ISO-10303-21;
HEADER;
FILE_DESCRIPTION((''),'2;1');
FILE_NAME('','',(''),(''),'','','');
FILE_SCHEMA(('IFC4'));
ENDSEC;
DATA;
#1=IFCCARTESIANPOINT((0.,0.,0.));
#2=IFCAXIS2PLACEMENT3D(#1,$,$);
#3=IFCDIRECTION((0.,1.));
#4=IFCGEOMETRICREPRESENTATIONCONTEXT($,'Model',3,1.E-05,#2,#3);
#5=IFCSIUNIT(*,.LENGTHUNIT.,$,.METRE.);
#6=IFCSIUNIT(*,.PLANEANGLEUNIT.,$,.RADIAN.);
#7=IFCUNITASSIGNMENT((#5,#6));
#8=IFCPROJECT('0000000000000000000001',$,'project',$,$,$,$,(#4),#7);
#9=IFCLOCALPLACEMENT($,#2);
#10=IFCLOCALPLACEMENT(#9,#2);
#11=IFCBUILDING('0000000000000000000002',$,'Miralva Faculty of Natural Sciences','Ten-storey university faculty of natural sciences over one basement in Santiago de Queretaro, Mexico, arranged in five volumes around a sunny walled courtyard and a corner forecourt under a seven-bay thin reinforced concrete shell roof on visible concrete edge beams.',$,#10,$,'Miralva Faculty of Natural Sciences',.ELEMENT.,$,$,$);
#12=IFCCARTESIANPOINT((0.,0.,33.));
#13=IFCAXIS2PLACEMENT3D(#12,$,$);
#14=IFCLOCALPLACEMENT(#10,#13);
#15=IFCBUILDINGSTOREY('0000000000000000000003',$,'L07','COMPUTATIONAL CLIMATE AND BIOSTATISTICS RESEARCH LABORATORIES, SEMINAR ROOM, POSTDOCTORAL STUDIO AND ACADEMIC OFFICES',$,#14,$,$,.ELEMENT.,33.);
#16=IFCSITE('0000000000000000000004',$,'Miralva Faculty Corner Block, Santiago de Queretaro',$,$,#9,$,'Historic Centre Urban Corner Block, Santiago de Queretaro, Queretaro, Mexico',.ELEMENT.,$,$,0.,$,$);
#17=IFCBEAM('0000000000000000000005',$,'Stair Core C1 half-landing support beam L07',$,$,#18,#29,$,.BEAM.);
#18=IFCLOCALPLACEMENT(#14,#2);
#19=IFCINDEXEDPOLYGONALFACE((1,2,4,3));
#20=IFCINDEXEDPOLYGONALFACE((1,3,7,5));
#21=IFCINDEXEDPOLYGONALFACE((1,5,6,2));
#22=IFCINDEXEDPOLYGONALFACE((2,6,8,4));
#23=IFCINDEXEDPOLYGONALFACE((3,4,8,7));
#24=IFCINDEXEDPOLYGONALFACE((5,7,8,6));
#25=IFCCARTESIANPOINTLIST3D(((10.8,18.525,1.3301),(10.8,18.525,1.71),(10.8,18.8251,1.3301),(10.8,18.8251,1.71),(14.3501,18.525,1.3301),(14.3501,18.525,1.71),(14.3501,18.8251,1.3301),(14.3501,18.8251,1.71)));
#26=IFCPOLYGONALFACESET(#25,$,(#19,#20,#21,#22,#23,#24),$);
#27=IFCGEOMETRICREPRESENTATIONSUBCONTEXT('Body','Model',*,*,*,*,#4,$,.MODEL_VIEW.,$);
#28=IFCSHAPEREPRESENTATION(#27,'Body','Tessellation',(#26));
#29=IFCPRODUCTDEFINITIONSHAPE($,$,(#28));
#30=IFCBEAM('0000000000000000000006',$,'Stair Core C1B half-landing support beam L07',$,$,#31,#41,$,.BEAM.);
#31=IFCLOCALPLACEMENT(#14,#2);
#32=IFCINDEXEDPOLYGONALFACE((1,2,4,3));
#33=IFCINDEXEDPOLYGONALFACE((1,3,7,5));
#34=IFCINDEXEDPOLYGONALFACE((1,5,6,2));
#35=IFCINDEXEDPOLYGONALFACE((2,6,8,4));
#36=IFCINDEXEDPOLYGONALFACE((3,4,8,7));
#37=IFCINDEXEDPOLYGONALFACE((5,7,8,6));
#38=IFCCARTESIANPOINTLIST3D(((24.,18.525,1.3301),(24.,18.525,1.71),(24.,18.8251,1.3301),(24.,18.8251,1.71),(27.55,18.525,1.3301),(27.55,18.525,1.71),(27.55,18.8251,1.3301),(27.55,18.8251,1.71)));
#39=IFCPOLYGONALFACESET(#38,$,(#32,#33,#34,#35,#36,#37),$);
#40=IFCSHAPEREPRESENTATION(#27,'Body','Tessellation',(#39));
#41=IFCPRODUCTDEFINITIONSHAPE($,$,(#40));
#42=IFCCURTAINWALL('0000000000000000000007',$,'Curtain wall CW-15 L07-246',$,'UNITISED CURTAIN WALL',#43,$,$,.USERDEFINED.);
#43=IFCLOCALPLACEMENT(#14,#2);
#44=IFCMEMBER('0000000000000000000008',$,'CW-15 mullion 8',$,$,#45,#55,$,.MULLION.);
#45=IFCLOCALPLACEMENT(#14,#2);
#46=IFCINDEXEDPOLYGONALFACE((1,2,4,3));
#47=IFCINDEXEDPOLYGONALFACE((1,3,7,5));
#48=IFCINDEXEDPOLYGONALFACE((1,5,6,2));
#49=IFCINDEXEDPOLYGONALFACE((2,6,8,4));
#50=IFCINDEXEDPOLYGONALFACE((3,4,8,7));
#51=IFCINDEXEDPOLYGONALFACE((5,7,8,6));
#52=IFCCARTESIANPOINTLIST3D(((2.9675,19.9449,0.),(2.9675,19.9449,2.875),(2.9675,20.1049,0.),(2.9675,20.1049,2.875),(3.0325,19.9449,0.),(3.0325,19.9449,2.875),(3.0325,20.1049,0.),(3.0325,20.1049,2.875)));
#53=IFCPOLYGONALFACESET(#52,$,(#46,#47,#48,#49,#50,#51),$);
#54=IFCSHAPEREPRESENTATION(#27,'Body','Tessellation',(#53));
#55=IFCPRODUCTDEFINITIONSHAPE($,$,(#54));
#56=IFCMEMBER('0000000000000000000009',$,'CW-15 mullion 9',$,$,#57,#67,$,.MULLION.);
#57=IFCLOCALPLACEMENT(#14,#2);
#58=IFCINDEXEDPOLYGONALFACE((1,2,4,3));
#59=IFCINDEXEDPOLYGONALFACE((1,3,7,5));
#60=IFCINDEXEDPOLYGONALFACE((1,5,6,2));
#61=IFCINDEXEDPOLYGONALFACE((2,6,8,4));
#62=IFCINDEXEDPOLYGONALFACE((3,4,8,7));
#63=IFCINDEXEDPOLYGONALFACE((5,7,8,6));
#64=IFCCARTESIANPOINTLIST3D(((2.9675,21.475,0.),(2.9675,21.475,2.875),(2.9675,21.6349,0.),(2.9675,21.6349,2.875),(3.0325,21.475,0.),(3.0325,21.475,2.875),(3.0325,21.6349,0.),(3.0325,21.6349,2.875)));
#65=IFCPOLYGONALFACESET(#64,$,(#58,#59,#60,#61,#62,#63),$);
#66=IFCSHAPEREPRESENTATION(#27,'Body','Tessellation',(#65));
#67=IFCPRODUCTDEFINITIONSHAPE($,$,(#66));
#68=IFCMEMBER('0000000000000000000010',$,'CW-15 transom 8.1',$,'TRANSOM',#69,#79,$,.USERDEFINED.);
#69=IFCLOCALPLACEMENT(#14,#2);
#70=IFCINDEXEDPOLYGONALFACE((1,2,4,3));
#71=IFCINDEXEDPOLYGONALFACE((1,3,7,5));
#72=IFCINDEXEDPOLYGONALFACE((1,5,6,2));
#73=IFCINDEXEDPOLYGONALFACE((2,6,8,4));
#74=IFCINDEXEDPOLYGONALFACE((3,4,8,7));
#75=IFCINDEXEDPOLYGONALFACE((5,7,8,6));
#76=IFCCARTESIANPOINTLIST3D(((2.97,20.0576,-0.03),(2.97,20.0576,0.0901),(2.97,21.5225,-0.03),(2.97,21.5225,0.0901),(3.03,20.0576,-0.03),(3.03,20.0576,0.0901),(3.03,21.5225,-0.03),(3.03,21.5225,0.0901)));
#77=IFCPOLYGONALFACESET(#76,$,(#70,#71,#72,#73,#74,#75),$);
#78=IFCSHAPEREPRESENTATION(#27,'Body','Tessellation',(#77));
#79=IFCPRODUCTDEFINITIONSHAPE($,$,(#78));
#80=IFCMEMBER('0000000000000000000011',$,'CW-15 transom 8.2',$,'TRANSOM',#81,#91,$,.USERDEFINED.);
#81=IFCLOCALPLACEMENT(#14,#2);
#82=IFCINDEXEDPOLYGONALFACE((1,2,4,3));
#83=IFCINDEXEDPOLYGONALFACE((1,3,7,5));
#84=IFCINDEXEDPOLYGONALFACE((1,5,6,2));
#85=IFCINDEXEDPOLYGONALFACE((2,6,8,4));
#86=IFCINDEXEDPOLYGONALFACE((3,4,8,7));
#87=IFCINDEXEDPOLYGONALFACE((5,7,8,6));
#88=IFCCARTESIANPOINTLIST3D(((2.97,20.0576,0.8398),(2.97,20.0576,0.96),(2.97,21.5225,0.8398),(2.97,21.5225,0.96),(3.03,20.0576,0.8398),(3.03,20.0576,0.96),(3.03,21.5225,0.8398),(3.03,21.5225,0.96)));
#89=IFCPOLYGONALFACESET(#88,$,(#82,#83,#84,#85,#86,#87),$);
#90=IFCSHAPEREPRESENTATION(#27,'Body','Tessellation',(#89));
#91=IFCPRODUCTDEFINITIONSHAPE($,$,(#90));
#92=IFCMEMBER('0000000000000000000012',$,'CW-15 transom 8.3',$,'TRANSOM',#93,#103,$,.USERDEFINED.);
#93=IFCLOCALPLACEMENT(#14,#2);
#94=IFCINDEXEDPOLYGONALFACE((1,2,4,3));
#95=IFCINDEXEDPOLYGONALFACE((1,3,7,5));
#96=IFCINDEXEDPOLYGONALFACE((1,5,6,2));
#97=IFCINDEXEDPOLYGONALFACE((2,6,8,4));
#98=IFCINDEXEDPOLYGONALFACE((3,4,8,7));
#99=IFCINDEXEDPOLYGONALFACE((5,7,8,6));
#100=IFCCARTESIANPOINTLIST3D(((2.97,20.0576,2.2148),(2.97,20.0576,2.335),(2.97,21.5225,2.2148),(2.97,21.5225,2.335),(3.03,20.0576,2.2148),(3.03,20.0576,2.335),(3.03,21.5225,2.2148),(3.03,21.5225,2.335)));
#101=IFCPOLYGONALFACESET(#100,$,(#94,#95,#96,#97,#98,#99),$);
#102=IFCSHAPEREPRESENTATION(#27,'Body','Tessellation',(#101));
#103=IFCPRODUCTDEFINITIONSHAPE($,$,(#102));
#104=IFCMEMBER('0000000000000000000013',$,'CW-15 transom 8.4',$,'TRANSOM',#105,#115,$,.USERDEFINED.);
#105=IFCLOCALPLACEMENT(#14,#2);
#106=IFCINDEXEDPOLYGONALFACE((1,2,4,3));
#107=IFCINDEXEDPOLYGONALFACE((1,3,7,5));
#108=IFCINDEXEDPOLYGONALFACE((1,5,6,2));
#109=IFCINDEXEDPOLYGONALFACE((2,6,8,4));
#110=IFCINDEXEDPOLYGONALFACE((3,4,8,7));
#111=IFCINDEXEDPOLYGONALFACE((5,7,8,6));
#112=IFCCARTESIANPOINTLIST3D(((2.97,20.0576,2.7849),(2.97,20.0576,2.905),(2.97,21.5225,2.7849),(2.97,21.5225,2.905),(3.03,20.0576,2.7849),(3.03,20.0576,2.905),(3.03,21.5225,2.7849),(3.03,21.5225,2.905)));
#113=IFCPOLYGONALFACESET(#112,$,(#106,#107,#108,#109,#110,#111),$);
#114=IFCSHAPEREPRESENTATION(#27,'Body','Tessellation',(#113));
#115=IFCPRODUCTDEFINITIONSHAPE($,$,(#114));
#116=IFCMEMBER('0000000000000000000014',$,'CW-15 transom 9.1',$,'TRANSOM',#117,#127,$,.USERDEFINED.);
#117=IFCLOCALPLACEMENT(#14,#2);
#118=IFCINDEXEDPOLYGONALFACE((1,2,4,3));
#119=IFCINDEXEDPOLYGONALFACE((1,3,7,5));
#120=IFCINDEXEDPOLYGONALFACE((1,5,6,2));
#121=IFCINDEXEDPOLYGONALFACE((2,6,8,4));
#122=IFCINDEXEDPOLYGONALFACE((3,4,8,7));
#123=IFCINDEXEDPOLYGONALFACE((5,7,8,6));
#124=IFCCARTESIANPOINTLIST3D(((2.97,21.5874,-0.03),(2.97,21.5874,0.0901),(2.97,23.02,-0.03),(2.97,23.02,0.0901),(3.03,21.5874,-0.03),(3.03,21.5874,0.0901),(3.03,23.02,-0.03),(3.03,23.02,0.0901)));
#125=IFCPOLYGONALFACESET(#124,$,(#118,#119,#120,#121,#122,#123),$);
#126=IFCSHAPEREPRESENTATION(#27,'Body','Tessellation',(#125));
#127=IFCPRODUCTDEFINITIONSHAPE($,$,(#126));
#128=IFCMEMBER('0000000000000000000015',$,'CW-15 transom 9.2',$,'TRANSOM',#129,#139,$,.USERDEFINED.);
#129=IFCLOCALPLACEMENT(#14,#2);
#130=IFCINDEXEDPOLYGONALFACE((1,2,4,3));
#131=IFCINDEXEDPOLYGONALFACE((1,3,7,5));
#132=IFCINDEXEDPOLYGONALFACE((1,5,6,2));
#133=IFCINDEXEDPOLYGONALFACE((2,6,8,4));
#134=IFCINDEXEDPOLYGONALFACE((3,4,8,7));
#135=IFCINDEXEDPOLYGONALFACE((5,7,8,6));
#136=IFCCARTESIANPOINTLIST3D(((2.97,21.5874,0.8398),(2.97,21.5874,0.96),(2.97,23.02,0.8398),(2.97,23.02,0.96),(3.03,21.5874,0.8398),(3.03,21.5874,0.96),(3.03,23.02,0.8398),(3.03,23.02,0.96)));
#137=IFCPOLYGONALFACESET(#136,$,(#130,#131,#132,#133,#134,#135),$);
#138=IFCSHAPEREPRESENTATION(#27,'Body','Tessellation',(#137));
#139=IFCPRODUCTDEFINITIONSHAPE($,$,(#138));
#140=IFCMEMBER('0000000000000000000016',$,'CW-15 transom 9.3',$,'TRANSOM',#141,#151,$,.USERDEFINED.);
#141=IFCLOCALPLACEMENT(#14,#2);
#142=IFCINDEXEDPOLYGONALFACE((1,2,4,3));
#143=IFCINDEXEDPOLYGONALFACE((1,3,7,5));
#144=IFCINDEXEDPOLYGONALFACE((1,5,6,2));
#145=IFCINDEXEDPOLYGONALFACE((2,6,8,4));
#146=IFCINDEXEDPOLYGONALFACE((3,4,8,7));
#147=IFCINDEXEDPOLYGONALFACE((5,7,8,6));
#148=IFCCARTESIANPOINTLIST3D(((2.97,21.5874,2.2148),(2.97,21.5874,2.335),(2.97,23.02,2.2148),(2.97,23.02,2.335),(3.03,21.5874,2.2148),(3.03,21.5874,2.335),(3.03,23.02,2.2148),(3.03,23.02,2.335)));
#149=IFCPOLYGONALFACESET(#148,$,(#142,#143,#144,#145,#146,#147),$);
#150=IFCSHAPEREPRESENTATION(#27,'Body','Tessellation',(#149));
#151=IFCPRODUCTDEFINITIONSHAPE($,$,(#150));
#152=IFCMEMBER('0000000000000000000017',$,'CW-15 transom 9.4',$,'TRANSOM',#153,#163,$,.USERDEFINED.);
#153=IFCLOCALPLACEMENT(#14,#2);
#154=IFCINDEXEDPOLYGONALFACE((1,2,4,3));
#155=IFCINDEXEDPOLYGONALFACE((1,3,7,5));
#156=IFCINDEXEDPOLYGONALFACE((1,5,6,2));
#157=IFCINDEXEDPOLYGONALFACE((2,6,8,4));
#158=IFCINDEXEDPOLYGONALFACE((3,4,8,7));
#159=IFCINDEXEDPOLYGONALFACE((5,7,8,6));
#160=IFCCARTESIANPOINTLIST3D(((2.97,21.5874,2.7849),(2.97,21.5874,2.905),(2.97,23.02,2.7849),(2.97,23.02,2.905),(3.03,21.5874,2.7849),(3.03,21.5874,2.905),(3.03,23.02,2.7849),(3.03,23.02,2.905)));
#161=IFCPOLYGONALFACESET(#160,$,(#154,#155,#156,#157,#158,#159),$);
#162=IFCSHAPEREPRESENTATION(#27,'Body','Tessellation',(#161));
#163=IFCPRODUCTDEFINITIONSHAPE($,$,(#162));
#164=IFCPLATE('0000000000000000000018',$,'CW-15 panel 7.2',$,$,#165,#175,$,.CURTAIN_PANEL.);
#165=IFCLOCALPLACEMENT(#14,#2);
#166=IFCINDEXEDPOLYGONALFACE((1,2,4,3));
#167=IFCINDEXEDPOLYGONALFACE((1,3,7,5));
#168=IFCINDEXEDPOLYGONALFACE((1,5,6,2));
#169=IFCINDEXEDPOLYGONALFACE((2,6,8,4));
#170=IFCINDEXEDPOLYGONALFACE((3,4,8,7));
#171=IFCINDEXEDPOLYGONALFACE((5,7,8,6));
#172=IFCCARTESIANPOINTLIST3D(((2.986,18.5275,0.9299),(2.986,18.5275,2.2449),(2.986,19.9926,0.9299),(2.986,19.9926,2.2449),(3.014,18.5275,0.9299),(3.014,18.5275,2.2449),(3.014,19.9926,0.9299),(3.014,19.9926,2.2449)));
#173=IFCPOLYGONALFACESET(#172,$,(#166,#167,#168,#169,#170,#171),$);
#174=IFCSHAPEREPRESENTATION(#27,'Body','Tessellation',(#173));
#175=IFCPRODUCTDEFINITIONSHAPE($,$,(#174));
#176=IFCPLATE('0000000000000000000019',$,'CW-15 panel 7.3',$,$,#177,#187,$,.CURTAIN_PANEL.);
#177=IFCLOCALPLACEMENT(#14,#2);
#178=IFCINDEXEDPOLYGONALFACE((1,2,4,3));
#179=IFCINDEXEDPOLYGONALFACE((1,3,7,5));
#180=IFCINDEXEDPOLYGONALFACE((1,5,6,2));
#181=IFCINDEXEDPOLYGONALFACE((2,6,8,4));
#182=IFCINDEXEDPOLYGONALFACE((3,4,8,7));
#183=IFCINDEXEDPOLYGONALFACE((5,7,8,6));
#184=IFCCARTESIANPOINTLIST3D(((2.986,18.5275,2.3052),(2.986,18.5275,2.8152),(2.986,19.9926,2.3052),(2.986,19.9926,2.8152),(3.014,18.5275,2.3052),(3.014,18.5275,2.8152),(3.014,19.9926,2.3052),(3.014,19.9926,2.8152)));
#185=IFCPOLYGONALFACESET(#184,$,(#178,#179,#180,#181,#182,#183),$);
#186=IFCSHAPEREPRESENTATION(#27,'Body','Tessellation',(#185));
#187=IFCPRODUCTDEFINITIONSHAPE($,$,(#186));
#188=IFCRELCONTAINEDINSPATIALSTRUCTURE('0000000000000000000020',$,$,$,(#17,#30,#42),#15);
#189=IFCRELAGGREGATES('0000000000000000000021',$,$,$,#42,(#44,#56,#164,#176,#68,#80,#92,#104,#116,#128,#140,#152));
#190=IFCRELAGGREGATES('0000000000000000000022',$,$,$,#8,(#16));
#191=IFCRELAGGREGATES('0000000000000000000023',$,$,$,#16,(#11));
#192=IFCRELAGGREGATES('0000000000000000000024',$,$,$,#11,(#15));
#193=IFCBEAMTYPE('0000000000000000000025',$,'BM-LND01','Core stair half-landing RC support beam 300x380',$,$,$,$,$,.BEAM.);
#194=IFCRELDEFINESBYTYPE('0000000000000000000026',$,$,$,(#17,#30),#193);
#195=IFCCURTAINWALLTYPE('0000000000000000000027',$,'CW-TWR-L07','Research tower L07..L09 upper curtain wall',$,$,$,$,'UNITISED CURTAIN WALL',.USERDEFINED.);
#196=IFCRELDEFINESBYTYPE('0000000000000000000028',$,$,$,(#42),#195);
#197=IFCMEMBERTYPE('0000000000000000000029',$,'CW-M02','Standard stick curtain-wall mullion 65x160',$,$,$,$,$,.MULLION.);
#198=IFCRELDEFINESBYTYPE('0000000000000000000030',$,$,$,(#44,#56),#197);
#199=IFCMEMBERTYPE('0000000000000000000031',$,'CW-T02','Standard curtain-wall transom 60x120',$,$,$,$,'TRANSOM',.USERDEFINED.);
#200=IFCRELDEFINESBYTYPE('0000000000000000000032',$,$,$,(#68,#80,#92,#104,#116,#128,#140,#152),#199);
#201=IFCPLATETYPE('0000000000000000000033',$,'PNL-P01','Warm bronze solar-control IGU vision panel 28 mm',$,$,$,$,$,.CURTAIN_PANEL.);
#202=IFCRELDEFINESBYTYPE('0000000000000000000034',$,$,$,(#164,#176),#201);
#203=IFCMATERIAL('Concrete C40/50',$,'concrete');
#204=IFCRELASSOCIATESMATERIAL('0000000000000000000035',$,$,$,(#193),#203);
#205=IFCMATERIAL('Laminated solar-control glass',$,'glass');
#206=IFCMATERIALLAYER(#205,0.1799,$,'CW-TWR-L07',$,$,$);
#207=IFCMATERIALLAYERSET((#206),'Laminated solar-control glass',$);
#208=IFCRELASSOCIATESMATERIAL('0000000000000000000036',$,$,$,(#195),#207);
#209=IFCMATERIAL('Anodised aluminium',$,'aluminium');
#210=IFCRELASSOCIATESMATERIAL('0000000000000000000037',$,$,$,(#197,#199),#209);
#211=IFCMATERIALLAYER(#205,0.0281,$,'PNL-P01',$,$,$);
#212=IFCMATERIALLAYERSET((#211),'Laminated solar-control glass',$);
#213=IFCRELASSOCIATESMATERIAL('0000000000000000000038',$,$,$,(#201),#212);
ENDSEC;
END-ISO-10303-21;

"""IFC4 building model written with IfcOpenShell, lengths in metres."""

from ifc_helpers import new_model, si_unit, direction, frame, origin, origin_2d, place, context, subcontext, project, spatial, rectangle, extrude, material, layer, layer_set, material_profile, profile_set, type_object, element, aggregate, save


model = new_model("IFC4")

# Units and contexts
model_context = context("Model", 3, precision=1e-05, world=origin(), true_north=direction((0.0, 1.0)))
body_context = subcontext(model_context, "Body", "Model", "MODEL_VIEW")
ifc_project = project(units=[si_unit("LENGTHUNIT", "METRE"), si_unit("PLANEANGLEUNIT", "RADIAN")], contexts=[model_context])

# Site, building, storey
site_placement = place(None, origin())
site = spatial("IfcSite", under=ifc_project, at=site_placement, Name="Miralva Faculty Corner Block, Santiago de Queretaro", LongName="Historic Centre Urban Corner Block, Santiago de Queretaro, Queretaro, Mexico", CompositionType="ELEMENT", RefElevation=0.0)
building_placement = place(site_placement, origin())
building = spatial("IfcBuilding", under=site, at=building_placement, Name="Miralva Faculty of Natural Sciences", Description="Ten-storey university faculty of natural sciences over one basement in Santiago de Queretaro, Mexico, arranged in five volumes around a sunny walled courtyard and a corner forecourt under a seven-bay thin reinforced concrete shell roof on visible concrete edge beams.", LongName="Miralva Faculty of Natural Sciences", CompositionType="ELEMENT")
storey_placement = place(building_placement, frame((0.0, 0.0, 33.0)))
storey = spatial("IfcBuildingStorey", under=building, at=storey_placement, Name="L07", Description="COMPUTATIONAL CLIMATE AND BIOSTATISTICS RESEARCH LABORATORIES, SEMINAR ROOM, POSTDOCTORAL STUDIO AND ACADEMIC OFFICES", CompositionType="ELEMENT", Elevation=33.0)

# Beams
ifc_material_1 = material(Name="Concrete C40/50", Category="concrete")
ifc_material_profile_1 = material_profile(ifc_material_1, rectangle(XDim=0.3, YDim=0.3799, at=origin_2d()), Name="RC 300x380")
ifc_profile_set_1 = profile_set([ifc_material_profile_1], Name="Concrete C40/50")
beam_type = type_object("IfcBeamType", Name="BM-LND01", Description="Core stair half-landing RC support beam 300x380", PredefinedType="BEAM", material=ifc_profile_set_1)
for number, where, z_axis, x_axis, name in (
    (1, (10.8, 18.675, 1.52), (1.0, 0.0, 0.0), (0.0, 1.0, 0.0), "Stair Core C1 half-landing support beam L07"),
    (2, (24.0, 18.675, 1.52), (1.0, 0.0, 0.0), (0.0, 1.0, 0.0), "Stair Core C1B half-landing support beam L07"),
):
    element("IfcBeam", number, at=place(storey_placement, frame(where, z_axis=z_axis, x_axis=x_axis)), inside=storey, type_object=beam_type, Name=name, PredefinedType="BEAM", context=body_context, shape_type="SweptSolid", body=[
        extrude(rectangle(XDim=0.3, YDim=0.3799, at=origin_2d()), origin(), (0.0, 0.0, 1.0), 3.55),
    ])

# Curtain wall, members, plates
ifc_material_2 = material(Name="Laminated solar-control glass", Category="glass")
ifc_layer_1 = layer(ifc_material_2, 0.1799, Name="CW-TWR-L07")
ifc_layer_set_1 = layer_set([ifc_layer_1], Name="Laminated solar-control glass")
curtain_wall_type = type_object("IfcCurtainWallType", Name="CW-TWR-L07", Description="Research tower L07..L09 upper curtain wall", ElementType="UNITISED CURTAIN WALL", PredefinedType="USERDEFINED", material=ifc_layer_set_1)
curtain_wall_placement = place(storey_placement, origin())
curtain_wall = element("IfcCurtainWall", 3, at=curtain_wall_placement, inside=storey, type_object=curtain_wall_type, Name="Curtain wall CW-15 L07-246", ObjectType="UNITISED CURTAIN WALL", PredefinedType="USERDEFINED")
ifc_material_3 = material(Name="Anodised aluminium", Category="aluminium")
ifc_material_profile_2 = material_profile(ifc_material_3, rectangle(XDim=0.0649, YDim=0.1599, at=origin_2d()), Name="MULLION 65x160")
ifc_profile_set_2 = profile_set([ifc_material_profile_2], Name="Anodised aluminium")
member_type_1 = type_object("IfcMemberType", Name="CW-M02", Description="Standard stick curtain-wall mullion 65x160", PredefinedType="MULLION", material=ifc_profile_set_2)
member_1_placement = place(storey_placement, frame((3.0, 20.0249, 0.0), z_axis=(0.0, 0.0, 1.0), x_axis=(-1.0, 0.0, 0.0)))
member_1 = element("IfcMember", 4, at=member_1_placement, type_object=member_type_1, Name="CW-15 mullion 8", PredefinedType="MULLION", context=body_context, shape_type="SweptSolid", body=[
    extrude(rectangle(XDim=0.0649, YDim=0.1599, at=origin_2d()), origin(), (0.0, 0.0, 1.0), 2.875),
])
member_2_placement = place(storey_placement, frame((3.0, 21.5549, 0.0), z_axis=(0.0, 0.0, 1.0), x_axis=(-1.0, 0.0, 0.0)))
member_2 = element("IfcMember", 5, at=member_2_placement, type_object=member_type_1, Name="CW-15 mullion 9", PredefinedType="MULLION", context=body_context, shape_type="SweptSolid", body=[
    extrude(rectangle(XDim=0.0649, YDim=0.1599, at=origin_2d()), origin(), (0.0, 0.0, 1.0), 2.875),
])
ifc_material_profile_3 = material_profile(ifc_material_3, rectangle(XDim=0.0601, YDim=0.1201, at=origin_2d()), Name="TRANSOM 60x120")
ifc_profile_set_3 = profile_set([ifc_material_profile_3], Name="Anodised aluminium")
member_type_2 = type_object("IfcMemberType", Name="CW-T02", Description="Standard curtain-wall transom 60x120", ElementType="TRANSOM", PredefinedType="USERDEFINED", material=ifc_profile_set_3)
member_3_placement = place(storey_placement, frame((3.0, 20.0576, 0.03), z_axis=(0.0, 1.0, 0.0), x_axis=(-1.0, 0.0, 0.0)))
member_3 = element("IfcMember", 6, at=member_3_placement, type_object=member_type_2, Name="CW-15 transom 8.1", ObjectType="TRANSOM", PredefinedType="USERDEFINED", context=body_context, shape_type="SweptSolid", body=[
    extrude(rectangle(XDim=0.0601, YDim=0.1201, at=origin_2d()), origin(), (0.0, 0.0, 1.0), 1.4648),
])
member_4_placement = place(storey_placement, frame((3.0, 20.0576, 0.8999), z_axis=(0.0, 1.0, 0.0), x_axis=(-1.0, 0.0, 0.0)))
member_4 = element("IfcMember", 7, at=member_4_placement, type_object=member_type_2, Name="CW-15 transom 8.2", ObjectType="TRANSOM", PredefinedType="USERDEFINED", context=body_context, shape_type="SweptSolid", body=[
    extrude(rectangle(XDim=0.0601, YDim=0.1201, at=origin_2d()), origin(), (0.0, 0.0, 1.0), 1.4648),
])
member_5_placement = place(storey_placement, frame((3.0, 20.0576, 2.2749), z_axis=(0.0, 1.0, 0.0), x_axis=(-1.0, 0.0, 0.0)))
member_5 = element("IfcMember", 8, at=member_5_placement, type_object=member_type_2, Name="CW-15 transom 8.3", ObjectType="TRANSOM", PredefinedType="USERDEFINED", context=body_context, shape_type="SweptSolid", body=[
    extrude(rectangle(XDim=0.0601, YDim=0.1201, at=origin_2d()), origin(), (0.0, 0.0, 1.0), 1.4648),
])
member_6_placement = place(storey_placement, frame((3.0, 20.0576, 2.845), z_axis=(0.0, 1.0, 0.0), x_axis=(-1.0, 0.0, 0.0)))
member_6 = element("IfcMember", 9, at=member_6_placement, type_object=member_type_2, Name="CW-15 transom 8.4", ObjectType="TRANSOM", PredefinedType="USERDEFINED", context=body_context, shape_type="SweptSolid", body=[
    extrude(rectangle(XDim=0.0601, YDim=0.1201, at=origin_2d()), origin(), (0.0, 0.0, 1.0), 1.4648),
])
member_7_placement = place(storey_placement, frame((3.0, 21.5874, 0.03), z_axis=(0.0, 1.0, 0.0), x_axis=(-1.0, 0.0, 0.0)))
member_7 = element("IfcMember", 10, at=member_7_placement, type_object=member_type_2, Name="CW-15 transom 9.1", ObjectType="TRANSOM", PredefinedType="USERDEFINED", context=body_context, shape_type="SweptSolid", body=[
    extrude(rectangle(XDim=0.0601, YDim=0.1201, at=origin_2d()), origin(), (0.0, 0.0, 1.0), 1.4326),
])
member_8_placement = place(storey_placement, frame((3.0, 21.5874, 0.8999), z_axis=(0.0, 1.0, 0.0), x_axis=(-1.0, 0.0, 0.0)))
member_8 = element("IfcMember", 11, at=member_8_placement, type_object=member_type_2, Name="CW-15 transom 9.2", ObjectType="TRANSOM", PredefinedType="USERDEFINED", context=body_context, shape_type="SweptSolid", body=[
    extrude(rectangle(XDim=0.0601, YDim=0.1201, at=origin_2d()), origin(), (0.0, 0.0, 1.0), 1.4326),
])
member_9_placement = place(storey_placement, frame((3.0, 21.5874, 2.2749), z_axis=(0.0, 1.0, 0.0), x_axis=(-1.0, 0.0, 0.0)))
member_9 = element("IfcMember", 12, at=member_9_placement, type_object=member_type_2, Name="CW-15 transom 9.3", ObjectType="TRANSOM", PredefinedType="USERDEFINED", context=body_context, shape_type="SweptSolid", body=[
    extrude(rectangle(XDim=0.0601, YDim=0.1201, at=origin_2d()), origin(), (0.0, 0.0, 1.0), 1.4326),
])
member_10_placement = place(storey_placement, frame((3.0, 21.5874, 2.845), z_axis=(0.0, 1.0, 0.0), x_axis=(-1.0, 0.0, 0.0)))
member_10 = element("IfcMember", 13, at=member_10_placement, type_object=member_type_2, Name="CW-15 transom 9.4", ObjectType="TRANSOM", PredefinedType="USERDEFINED", context=body_context, shape_type="SweptSolid", body=[
    extrude(rectangle(XDim=0.0601, YDim=0.1201, at=origin_2d()), origin(), (0.0, 0.0, 1.0), 1.4326),
])
ifc_layer_2 = layer(ifc_material_2, 0.0281, Name="PNL-P01")
ifc_layer_set_2 = layer_set([ifc_layer_2], Name="Laminated solar-control glass")
plate_type = type_object("IfcPlateType", Name="PNL-P01", Description="Warm bronze solar-control IGU vision panel 28 mm", PredefinedType="CURTAIN_PANEL", material=ifc_layer_set_2)
plate_1_placement = place(storey_placement, frame((3.0, 19.26, 0.9299), z_axis=(0.0, 0.0, 1.0), x_axis=(0.0, 1.0, 0.0)))
plate_1 = element("IfcPlate", 14, at=plate_1_placement, type_object=plate_type, Name="CW-15 panel 7.2", PredefinedType="CURTAIN_PANEL", context=body_context, shape_type="SweptSolid", body=[
    extrude(rectangle(XDim=1.4651, YDim=0.0281, at=origin_2d()), origin(), (0.0, 0.0, 1.0), 1.3149),
])
plate_2_placement = place(storey_placement, frame((3.0, 19.26, 2.3052), z_axis=(0.0, 0.0, 1.0), x_axis=(0.0, 1.0, 0.0)))
plate_2 = element("IfcPlate", 15, at=plate_2_placement, type_object=plate_type, Name="CW-15 panel 7.3", PredefinedType="CURTAIN_PANEL", context=body_context, shape_type="SweptSolid", body=[
    extrude(rectangle(XDim=1.4651, YDim=0.0281, at=origin_2d()), origin(), (0.0, 0.0, 1.0), 0.51),
])
aggregate(curtain_wall, [member_1, member_2, plate_1, plate_2, member_3, member_4, member_5, member_6, member_7, member_8, member_9, member_10])

save(model, "model.ifc")
